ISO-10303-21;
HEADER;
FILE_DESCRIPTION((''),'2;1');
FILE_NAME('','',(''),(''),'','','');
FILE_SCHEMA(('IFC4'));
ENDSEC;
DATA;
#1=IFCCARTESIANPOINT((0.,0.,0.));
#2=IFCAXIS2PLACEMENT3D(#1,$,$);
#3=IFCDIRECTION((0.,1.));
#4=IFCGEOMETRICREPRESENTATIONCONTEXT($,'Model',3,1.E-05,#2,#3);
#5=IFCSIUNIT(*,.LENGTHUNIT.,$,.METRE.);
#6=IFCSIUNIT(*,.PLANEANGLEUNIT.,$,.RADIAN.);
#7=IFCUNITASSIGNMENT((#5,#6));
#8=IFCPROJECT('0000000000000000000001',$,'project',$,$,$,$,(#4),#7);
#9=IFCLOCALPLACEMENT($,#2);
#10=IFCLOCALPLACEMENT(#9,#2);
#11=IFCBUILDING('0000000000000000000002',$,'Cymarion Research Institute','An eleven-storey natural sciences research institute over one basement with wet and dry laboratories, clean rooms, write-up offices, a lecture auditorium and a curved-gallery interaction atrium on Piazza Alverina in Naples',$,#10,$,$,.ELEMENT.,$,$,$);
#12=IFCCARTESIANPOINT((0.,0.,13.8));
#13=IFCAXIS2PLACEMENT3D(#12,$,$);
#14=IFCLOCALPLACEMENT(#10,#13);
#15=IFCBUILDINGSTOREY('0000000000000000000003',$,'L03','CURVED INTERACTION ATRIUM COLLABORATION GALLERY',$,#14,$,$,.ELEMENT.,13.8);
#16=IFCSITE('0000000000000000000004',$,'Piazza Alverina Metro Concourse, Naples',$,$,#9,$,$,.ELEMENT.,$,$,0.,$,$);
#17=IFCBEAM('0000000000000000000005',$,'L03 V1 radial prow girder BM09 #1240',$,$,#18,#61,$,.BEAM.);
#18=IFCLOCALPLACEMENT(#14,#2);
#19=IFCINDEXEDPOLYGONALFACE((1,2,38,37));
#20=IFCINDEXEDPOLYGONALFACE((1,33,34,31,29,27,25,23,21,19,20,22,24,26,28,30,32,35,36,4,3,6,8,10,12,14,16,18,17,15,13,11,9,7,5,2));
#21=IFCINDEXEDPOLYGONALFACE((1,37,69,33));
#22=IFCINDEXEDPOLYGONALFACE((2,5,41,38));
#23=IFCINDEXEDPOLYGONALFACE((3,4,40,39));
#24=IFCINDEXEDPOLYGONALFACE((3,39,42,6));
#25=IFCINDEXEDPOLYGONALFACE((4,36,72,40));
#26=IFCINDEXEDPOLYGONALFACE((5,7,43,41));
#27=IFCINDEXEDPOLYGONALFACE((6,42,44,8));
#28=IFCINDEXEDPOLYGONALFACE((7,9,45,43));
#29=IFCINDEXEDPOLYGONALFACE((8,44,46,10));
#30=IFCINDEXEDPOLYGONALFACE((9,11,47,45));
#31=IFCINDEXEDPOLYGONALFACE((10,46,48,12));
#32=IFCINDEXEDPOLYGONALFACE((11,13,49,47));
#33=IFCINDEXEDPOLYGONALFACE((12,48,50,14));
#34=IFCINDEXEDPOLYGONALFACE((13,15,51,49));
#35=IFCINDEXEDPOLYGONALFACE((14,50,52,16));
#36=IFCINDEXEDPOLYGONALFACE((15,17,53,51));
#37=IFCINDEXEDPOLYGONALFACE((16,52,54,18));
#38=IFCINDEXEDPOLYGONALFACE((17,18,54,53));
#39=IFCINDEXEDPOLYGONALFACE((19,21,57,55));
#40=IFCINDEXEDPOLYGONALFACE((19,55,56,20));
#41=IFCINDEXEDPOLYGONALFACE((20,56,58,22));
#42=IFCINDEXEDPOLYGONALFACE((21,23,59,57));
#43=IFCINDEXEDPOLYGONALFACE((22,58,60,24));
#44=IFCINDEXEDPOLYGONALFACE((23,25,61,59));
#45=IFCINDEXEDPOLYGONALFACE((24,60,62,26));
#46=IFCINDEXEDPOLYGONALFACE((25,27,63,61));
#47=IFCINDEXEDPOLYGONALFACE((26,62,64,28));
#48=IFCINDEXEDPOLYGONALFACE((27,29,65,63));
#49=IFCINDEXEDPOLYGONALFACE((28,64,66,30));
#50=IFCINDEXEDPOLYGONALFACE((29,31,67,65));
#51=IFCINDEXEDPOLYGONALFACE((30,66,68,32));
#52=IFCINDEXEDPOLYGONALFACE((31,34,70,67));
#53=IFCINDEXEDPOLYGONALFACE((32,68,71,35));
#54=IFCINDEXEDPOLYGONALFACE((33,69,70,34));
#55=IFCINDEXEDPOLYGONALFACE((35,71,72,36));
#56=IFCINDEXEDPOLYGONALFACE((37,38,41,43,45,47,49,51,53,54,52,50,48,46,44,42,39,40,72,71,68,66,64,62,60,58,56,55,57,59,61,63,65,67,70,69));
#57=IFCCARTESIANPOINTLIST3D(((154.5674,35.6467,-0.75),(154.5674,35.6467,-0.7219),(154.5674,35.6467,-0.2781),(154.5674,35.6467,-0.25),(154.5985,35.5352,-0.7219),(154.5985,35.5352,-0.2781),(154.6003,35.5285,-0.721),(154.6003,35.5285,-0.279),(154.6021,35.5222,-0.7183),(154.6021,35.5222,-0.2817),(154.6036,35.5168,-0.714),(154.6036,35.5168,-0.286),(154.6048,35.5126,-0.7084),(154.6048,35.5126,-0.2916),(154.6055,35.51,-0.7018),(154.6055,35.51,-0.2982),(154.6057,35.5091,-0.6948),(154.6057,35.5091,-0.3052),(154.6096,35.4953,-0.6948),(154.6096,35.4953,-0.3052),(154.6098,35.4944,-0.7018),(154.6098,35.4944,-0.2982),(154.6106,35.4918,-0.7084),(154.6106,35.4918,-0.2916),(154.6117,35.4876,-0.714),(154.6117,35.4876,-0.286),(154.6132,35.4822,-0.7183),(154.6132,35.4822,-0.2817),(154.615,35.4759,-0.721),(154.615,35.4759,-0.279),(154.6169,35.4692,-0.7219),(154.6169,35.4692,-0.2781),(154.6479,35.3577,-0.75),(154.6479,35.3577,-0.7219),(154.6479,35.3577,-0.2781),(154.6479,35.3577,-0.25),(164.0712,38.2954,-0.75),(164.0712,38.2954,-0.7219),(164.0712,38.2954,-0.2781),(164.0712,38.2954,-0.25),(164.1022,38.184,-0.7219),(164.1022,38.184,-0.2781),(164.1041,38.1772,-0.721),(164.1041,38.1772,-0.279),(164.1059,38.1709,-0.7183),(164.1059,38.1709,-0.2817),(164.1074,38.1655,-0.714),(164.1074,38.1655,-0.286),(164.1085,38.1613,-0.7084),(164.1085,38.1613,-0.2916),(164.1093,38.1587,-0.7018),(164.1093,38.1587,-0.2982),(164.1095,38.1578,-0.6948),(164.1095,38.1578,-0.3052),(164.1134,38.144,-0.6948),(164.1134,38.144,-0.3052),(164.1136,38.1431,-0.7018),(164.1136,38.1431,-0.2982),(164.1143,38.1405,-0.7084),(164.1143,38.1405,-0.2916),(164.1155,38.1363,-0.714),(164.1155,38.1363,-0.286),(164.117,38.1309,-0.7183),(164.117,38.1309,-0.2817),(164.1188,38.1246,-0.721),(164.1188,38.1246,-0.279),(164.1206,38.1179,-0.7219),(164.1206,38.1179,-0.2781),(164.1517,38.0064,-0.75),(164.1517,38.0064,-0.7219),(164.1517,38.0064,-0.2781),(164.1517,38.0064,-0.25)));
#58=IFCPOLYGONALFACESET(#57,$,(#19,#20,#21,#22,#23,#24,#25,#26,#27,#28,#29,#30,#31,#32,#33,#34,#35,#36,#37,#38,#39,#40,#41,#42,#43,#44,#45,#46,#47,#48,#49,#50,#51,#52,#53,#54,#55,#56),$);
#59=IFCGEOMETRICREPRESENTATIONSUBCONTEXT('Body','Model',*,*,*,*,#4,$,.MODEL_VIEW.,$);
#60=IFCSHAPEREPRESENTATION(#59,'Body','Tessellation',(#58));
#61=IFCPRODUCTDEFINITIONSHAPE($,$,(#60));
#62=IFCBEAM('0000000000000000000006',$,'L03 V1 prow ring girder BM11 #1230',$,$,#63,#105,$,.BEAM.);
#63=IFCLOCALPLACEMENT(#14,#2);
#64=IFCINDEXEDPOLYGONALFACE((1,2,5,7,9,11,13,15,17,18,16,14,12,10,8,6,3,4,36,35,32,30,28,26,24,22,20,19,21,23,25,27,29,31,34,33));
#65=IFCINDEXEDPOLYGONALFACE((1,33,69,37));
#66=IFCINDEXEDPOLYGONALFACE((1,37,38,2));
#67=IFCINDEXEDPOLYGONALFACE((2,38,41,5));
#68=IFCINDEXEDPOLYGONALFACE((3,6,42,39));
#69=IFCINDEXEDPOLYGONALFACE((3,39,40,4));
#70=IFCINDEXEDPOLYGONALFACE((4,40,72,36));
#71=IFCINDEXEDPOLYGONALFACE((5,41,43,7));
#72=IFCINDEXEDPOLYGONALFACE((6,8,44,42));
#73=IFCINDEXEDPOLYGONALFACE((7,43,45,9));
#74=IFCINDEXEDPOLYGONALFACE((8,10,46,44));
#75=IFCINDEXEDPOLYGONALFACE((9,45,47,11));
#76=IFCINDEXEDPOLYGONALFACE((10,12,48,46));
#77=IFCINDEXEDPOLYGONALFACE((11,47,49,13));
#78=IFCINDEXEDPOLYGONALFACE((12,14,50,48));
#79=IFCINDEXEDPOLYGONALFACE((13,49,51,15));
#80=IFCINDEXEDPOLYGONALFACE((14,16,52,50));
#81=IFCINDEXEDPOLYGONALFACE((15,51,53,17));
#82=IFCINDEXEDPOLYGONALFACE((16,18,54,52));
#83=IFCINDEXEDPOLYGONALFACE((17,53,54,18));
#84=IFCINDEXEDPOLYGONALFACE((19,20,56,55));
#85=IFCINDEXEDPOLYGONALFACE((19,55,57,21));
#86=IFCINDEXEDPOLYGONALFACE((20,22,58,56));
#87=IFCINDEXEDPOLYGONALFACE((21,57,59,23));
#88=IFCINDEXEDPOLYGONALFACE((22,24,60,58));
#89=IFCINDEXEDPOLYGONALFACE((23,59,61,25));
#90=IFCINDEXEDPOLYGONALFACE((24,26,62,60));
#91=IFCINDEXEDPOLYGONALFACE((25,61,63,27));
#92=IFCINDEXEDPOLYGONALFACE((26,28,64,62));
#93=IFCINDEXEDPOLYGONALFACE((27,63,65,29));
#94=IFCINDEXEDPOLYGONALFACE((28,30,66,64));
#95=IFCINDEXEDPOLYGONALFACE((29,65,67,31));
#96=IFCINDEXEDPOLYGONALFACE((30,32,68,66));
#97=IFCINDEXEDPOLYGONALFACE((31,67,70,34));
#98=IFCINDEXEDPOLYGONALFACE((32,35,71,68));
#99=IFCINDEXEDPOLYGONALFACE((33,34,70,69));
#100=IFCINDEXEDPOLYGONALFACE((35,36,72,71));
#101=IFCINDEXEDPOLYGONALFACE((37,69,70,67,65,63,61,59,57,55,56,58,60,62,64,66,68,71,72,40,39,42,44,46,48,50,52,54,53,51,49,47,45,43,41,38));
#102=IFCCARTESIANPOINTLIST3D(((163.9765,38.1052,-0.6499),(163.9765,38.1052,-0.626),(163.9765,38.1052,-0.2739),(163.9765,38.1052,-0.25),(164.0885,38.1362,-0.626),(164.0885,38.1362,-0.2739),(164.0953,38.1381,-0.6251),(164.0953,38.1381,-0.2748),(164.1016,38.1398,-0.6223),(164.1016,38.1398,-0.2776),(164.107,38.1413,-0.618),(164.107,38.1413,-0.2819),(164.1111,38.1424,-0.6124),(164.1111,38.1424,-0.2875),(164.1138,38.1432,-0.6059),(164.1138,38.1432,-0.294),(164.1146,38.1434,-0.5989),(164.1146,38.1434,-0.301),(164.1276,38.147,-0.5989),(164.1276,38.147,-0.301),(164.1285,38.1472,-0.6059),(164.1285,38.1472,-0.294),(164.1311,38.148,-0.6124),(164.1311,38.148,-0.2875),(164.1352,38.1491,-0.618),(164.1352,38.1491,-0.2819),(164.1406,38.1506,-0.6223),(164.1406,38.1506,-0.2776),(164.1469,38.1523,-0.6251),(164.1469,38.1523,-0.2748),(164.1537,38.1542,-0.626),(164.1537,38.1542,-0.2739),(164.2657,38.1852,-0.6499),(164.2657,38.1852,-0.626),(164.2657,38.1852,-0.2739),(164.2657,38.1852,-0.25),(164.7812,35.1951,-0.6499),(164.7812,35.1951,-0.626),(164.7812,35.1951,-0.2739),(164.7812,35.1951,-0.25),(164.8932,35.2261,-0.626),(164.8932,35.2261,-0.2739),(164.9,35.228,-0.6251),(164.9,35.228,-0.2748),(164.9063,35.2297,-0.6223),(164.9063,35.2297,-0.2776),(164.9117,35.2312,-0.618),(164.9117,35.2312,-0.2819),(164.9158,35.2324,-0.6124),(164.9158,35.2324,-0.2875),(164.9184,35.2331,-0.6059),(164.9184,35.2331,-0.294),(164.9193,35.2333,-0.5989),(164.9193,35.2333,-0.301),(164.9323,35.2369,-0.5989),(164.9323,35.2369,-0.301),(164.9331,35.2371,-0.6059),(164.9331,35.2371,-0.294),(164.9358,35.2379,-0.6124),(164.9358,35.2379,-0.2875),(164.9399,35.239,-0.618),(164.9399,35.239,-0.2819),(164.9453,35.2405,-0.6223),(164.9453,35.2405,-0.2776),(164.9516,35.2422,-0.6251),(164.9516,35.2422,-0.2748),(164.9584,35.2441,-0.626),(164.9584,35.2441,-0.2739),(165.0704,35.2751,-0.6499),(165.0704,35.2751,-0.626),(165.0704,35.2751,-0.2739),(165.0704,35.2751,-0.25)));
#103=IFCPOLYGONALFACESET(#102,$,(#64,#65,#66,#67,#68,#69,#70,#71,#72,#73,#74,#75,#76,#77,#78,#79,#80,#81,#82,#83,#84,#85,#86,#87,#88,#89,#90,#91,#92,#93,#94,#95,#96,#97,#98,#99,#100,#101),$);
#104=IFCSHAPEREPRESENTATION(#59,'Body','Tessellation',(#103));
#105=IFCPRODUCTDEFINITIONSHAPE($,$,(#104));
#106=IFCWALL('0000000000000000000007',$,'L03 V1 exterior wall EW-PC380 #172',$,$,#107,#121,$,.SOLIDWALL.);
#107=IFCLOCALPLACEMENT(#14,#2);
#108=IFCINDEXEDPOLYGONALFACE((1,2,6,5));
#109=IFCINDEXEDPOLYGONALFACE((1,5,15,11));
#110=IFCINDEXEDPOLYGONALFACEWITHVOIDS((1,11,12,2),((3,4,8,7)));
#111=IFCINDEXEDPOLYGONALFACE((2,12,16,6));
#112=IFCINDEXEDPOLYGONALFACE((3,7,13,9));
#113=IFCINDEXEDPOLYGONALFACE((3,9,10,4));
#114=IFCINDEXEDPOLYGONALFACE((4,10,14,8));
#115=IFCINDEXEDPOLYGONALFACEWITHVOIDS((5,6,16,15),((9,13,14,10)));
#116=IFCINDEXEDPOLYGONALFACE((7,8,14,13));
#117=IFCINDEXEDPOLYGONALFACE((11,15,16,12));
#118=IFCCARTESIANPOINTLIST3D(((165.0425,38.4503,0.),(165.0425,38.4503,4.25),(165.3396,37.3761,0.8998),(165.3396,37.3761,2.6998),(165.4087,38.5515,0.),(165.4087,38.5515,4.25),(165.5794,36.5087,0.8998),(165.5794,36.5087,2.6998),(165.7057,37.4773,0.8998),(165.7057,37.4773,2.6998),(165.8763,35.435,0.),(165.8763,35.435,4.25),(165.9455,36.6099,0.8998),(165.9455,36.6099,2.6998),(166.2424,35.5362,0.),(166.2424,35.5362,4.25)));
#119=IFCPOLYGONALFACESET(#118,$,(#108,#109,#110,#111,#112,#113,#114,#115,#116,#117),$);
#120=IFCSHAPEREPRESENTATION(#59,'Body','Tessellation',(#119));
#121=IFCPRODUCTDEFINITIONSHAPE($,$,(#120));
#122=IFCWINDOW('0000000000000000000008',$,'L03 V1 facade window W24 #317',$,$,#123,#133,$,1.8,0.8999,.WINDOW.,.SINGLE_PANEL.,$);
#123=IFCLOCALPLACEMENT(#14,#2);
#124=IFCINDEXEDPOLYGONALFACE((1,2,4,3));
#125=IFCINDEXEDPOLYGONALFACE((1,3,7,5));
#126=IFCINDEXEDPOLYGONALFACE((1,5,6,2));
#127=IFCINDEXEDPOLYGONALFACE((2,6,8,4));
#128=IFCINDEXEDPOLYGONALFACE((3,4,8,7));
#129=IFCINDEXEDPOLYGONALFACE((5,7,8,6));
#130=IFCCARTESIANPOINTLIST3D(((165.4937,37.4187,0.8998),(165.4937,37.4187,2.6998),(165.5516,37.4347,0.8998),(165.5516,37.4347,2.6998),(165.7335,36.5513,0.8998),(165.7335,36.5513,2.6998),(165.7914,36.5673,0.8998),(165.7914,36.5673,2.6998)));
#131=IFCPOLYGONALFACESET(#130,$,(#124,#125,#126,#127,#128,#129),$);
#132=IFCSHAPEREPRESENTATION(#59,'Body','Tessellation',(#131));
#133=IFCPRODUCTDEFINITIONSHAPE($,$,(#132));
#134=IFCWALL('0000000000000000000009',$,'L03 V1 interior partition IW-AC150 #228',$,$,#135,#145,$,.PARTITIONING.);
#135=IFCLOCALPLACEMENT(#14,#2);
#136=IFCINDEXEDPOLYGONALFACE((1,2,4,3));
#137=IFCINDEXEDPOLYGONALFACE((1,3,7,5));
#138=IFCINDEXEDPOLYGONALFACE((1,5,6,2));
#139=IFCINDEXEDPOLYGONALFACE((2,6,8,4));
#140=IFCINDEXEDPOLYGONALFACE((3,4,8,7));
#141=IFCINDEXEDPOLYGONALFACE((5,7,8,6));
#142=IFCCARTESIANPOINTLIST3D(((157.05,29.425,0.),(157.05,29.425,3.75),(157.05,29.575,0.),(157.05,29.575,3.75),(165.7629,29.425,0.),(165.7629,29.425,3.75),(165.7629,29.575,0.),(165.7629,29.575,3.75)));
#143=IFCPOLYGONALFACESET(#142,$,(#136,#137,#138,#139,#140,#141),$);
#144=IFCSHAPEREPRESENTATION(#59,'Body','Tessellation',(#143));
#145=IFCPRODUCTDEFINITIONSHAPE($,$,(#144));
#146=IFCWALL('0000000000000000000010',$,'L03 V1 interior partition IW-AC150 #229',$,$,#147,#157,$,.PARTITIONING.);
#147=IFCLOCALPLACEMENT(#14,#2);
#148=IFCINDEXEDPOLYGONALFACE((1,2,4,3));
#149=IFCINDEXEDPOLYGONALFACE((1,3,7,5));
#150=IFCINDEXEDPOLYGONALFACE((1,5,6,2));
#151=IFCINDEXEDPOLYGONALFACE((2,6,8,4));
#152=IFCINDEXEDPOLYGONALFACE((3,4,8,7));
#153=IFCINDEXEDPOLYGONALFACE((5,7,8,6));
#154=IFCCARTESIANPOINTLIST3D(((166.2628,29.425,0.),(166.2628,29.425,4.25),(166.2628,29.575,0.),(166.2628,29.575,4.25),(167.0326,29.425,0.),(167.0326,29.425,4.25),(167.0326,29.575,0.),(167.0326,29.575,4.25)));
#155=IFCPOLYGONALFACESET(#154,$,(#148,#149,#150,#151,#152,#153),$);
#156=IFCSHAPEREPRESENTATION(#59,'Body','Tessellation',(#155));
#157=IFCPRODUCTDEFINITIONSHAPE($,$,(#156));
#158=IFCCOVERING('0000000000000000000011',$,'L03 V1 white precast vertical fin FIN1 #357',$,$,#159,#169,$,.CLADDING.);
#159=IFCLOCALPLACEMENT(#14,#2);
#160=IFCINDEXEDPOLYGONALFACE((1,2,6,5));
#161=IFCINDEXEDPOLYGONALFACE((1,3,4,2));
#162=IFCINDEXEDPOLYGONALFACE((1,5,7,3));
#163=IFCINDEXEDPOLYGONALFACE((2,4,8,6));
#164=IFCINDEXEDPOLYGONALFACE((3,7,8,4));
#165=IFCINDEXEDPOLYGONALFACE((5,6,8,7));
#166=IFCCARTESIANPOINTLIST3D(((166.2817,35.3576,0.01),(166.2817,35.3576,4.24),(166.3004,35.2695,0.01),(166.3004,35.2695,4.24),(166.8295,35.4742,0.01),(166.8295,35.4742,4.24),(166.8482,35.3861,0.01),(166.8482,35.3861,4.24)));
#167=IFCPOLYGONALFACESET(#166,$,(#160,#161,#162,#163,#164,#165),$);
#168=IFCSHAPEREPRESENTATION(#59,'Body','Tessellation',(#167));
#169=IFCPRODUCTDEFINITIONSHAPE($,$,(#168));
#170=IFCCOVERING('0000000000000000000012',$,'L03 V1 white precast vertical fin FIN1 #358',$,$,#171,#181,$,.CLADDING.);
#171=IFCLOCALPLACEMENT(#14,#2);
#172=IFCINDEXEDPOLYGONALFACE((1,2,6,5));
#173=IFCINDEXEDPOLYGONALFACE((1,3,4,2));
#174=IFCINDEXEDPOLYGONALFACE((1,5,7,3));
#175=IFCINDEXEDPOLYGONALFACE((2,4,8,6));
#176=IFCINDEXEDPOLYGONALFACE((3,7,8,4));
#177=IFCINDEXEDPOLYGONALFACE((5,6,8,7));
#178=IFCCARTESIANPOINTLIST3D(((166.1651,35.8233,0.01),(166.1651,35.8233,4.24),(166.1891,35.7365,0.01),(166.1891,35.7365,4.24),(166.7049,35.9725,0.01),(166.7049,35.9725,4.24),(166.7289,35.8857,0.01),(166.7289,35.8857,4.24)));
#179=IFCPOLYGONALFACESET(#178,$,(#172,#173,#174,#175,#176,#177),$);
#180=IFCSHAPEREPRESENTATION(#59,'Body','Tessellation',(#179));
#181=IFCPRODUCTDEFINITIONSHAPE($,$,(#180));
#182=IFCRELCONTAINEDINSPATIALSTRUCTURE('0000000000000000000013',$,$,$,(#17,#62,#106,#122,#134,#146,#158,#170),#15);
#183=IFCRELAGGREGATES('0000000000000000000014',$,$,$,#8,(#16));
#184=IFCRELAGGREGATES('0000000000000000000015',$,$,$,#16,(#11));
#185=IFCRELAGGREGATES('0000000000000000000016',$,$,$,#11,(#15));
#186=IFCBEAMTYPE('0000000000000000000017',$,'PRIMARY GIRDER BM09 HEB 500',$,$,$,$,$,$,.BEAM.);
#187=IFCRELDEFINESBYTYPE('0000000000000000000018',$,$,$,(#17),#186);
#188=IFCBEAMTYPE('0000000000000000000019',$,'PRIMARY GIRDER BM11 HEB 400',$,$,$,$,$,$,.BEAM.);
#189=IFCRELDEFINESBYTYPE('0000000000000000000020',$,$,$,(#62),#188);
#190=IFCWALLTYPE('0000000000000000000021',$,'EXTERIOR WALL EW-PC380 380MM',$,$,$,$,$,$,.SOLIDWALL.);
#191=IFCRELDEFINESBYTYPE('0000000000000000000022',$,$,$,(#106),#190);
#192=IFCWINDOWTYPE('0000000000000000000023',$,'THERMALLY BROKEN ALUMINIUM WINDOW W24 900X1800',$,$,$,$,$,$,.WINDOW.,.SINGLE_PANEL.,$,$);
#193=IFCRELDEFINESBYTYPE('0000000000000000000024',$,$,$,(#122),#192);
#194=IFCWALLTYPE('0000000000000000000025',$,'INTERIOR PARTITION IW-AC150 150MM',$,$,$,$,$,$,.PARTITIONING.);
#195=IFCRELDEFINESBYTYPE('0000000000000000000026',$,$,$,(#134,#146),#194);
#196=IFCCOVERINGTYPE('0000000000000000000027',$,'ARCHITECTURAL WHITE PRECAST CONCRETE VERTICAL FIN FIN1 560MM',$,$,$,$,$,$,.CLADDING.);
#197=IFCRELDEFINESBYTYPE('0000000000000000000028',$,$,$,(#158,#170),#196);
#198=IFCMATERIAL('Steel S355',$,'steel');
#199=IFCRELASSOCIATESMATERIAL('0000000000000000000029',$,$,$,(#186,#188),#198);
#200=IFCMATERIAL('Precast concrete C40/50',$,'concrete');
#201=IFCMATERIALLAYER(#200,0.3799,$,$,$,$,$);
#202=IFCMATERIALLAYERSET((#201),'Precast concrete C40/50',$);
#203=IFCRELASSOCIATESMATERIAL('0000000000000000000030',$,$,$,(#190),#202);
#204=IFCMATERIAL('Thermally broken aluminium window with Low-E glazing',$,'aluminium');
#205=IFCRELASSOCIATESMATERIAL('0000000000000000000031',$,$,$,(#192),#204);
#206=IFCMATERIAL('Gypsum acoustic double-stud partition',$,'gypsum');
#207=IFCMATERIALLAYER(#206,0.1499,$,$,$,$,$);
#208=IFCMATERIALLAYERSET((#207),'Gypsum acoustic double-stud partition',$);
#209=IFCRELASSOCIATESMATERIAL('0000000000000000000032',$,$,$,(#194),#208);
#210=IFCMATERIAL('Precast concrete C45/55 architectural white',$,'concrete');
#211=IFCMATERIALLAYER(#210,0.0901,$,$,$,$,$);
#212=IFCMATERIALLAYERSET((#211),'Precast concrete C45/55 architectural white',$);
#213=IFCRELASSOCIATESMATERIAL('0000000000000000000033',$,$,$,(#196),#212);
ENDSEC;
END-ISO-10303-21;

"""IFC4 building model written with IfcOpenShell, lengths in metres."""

from ifc_helpers import new_model, si_unit, direction, frame, frame_2d, origin, origin_2d, place, context, subcontext, project, spatial, rectangle, i_section, extrude, material, layer, layer_set, material_profile, profile_set, type_object, element, fill, save


model = new_model("IFC4")

# Units and contexts
model_context = context("Model", 3, precision=1e-05, world=origin(), true_north=direction((0.0, 1.0)))
body_context = subcontext(model_context, "Body", "Model", "MODEL_VIEW")
ifc_project = project(units=[si_unit("LENGTHUNIT", "METRE"), si_unit("PLANEANGLEUNIT", "RADIAN")], contexts=[model_context])

# Site, building, storey
site_placement = place(None, origin())
site = spatial("IfcSite", under=ifc_project, at=site_placement, Name="Piazza Alverina Metro Concourse, Naples", CompositionType="ELEMENT", RefElevation=0.0)
building_placement = place(site_placement, origin())
building = spatial("IfcBuilding", under=site, at=building_placement, Name="Cymarion Research Institute", Description="An eleven-storey natural sciences research institute over one basement with wet and dry laboratories, clean rooms, write-up offices, a lecture auditorium and a curved-gallery interaction atrium on Piazza Alverina in Naples", CompositionType="ELEMENT")
storey_placement = place(building_placement, frame((0.0, 0.0, 13.8)))
storey = spatial("IfcBuildingStorey", under=building, at=storey_placement, Name="L03", Description="CURVED INTERACTION ATRIUM COLLABORATION GALLERY", CompositionType="ELEMENT", Elevation=13.8)

# Shared definitions
ifc_material_1 = material(Name="Steel S355", Category="steel")

# Beams
ifc_material_profile_1 = material_profile(ifc_material_1, i_section(OverallWidth=0.3, OverallDepth=0.5, WebThickness=0.0144, FlangeThickness=0.0281, FilletRadius=0.0271, at=origin_2d()), Name="HEB 500")
ifc_profile_set_1 = profile_set([ifc_material_profile_1], Name="Steel S355")
beam_type_1 = type_object("IfcBeamType", Name="PRIMARY GIRDER BM09 HEB 500", PredefinedType="BEAM", material=ifc_profile_set_1)
beam_1_placement = place(storey_placement, frame((154.6077, 35.5022, -0.5), z_axis=(0.963288, 0.26847, 0.0), x_axis=(-0.26847, 0.963288, 0.0)))
element("IfcBeam", 1, at=beam_1_placement, inside=storey, type_object=beam_type_1, Name="L03 V1 radial prow girder BM09 #1240", PredefinedType="BEAM", context=body_context, shape_type="SweptSolid", body=[
    extrude(i_section(OverallWidth=0.3, OverallDepth=0.5, WebThickness=0.0144, FlangeThickness=0.0281, FilletRadius=0.0271, at=origin_2d()), origin(), (0.0, 0.0, 1.0), 9.866),
])
ifc_material_profile_2 = material_profile(ifc_material_1, i_section(OverallWidth=0.3, OverallDepth=0.3999, WebThickness=0.0134, FlangeThickness=0.0239, FilletRadius=0.0271, at=origin_2d()), Name="HEB 400")
ifc_profile_set_2 = profile_set([ifc_material_profile_2], Name="Steel S355")
beam_type_2 = type_object("IfcBeamType", Name="PRIMARY GIRDER BM11 HEB 400", PredefinedType="BEAM", material=ifc_profile_set_2)
beam_2_placement = place(storey_placement, frame((164.9258, 35.2351, -0.45), z_axis=(-0.266509, 0.963832, 0.0), x_axis=(-0.963832, -0.266509, 0.0)))
element("IfcBeam", 2, at=beam_2_placement, inside=storey, type_object=beam_type_2, Name="L03 V1 prow ring girder BM11 #1230", PredefinedType="BEAM", context=body_context, shape_type="SweptSolid", body=[
    extrude(i_section(OverallWidth=0.3, OverallDepth=0.3999, WebThickness=0.0134, FlangeThickness=0.0239, FilletRadius=0.0271, at=origin_2d()), origin(), (0.0, 0.0, 1.0), 3.0193),
])

# Wall, opening, window
ifc_material_2 = material(Name="Precast concrete C40/50", Category="concrete")
ifc_layer_1 = layer(ifc_material_2, 0.3799)
ifc_layer_set_1 = layer_set([ifc_layer_1], Name="Precast concrete C40/50")
wall_type_1 = type_object("IfcWallType", Name="EXTERIOR WALL EW-PC380 380MM", PredefinedType="SOLIDWALL", material=ifc_layer_set_1)
wall_1_placement = place(storey_placement, frame((166.0593, 35.4856, 0.0), z_axis=(0.0, 0.0, 1.0), x_axis=(-0.266497, 0.963836, 0.0)))
wall_1 = element("IfcWall", 3, at=wall_1_placement, inside=storey, type_object=wall_type_1, Name="L03 V1 exterior wall EW-PC380 #172", PredefinedType="SOLIDWALL", context=body_context, shape_type="SweptSolid", body=[
    extrude(rectangle(XDim=3.1284, YDim=0.3799, at=frame_2d((1.5642, 0.0))), origin(), (0.0, 0.0, 1.0), 4.25),
])
opening_placement = place(wall_1_placement, frame((1.114, 0.0, 0.8999)))
opening = element("IfcOpeningElement", 4, at=opening_placement, cuts=wall_1, PredefinedType="OPENING", context=body_context, shape_type="SweptSolid", body=[
    extrude(rectangle(XDim=0.8999, YDim=1.8, at=frame_2d((0.45, 0.8999))), frame((0.0, 0.2, 0.0), z_axis=(0.0, -1.0, 0.0), x_axis=(1.0, 0.0, 0.0)), (0.0, 0.0, 1.0), 0.3999),
])
ifc_material_3 = material(Name="Thermally broken aluminium window with Low-E glazing", Category="aluminium")
window_type = type_object("IfcWindowType", Name="THERMALLY BROKEN ALUMINIUM WINDOW W24 900X1800", PartitioningType="SINGLE_PANEL", PredefinedType="WINDOW", material=ifc_material_3)
window_placement = place(opening_placement, origin())
window = element("IfcWindow", 5, at=window_placement, inside=storey, type_object=window_type, Name="L03 V1 facade window W24 #317", OverallHeight=1.8, OverallWidth=0.8999, PartitioningType="SINGLE_PANEL", PredefinedType="WINDOW", context=body_context, shape_type="SweptSolid", body=[
    extrude(rectangle(XDim=0.8999, YDim=1.8, at=frame_2d((0.45, 0.8999))), frame((0.0, 0.03, 0.0), z_axis=(0.0, -1.0, 0.0), x_axis=(1.0, 0.0, 0.0)), (0.0, 0.0, 1.0), 0.0601),
])
fill(opening, window)

# Walls
ifc_material_4 = material(Name="Gypsum acoustic double-stud partition", Category="gypsum")
ifc_layer_2 = layer(ifc_material_4, 0.1499)
ifc_layer_set_2 = layer_set([ifc_layer_2], Name="Gypsum acoustic double-stud partition")
wall_type_2 = type_object("IfcWallType", Name="INTERIOR PARTITION IW-AC150 150MM", PredefinedType="PARTITIONING", material=ifc_layer_set_2)
wall_2_placement = place(storey_placement, frame((157.05, 29.5, 0.0), z_axis=(0.0, 0.0, 1.0), x_axis=(1.0, 0.0, 0.0)))
element("IfcWall", 6, at=wall_2_placement, inside=storey, type_object=wall_type_2, Name="L03 V1 interior partition IW-AC150 #228", PredefinedType="PARTITIONING", context=body_context, shape_type="SweptSolid", body=[
    extrude(rectangle(XDim=8.7129, YDim=0.1499, at=frame_2d((4.3564, 0.0))), origin(), (0.0, 0.0, 1.0), 3.75),
])
wall_3_placement = place(storey_placement, frame((166.2629, 29.5, 0.0), z_axis=(0.0, 0.0, 1.0), x_axis=(1.0, 0.0, 0.0)))
element("IfcWall", 7, at=wall_3_placement, inside=storey, type_object=wall_type_2, Name="L03 V1 interior partition IW-AC150 #229", PredefinedType="PARTITIONING", context=body_context, shape_type="SweptSolid", body=[
    extrude(rectangle(XDim=0.7698, YDim=0.1499, at=frame_2d((0.3848, 0.0))), origin(), (0.0, 0.0, 1.0), 4.25),
])

# Coverings
ifc_material_5 = material(Name="Precast concrete C45/55 architectural white", Category="concrete")
ifc_layer_3 = layer(ifc_material_5, 0.0901)
ifc_layer_set_3 = layer_set([ifc_layer_3], Name="Precast concrete C45/55 architectural white")
covering_type = type_object("IfcCoveringType", Name="ARCHITECTURAL WHITE PRECAST CONCRETE VERTICAL FIN FIN1 560MM", PredefinedType="CLADDING", material=ifc_layer_set_3)
for number, where, z_axis, x_axis, name in (
    (8, (166.5649, 35.3718, 0.01), (0.0, 0.0, 1.0), (0.978075, 0.208253, 0.0), "L03 V1 white precast vertical fin FIN1 #357"),
    (9, (166.447, 35.8545, 0.01), (0.0, 0.0, 1.0), (0.963863, 0.266397, 0.0), "L03 V1 white precast vertical fin FIN1 #358"),
):
    element("IfcCovering", number, at=place(storey_placement, frame(where, z_axis=z_axis, x_axis=x_axis)), inside=storey, type_object=covering_type, Name=name, PredefinedType="CLADDING", context=body_context, shape_type="SweptSolid", body=[
        extrude(rectangle(XDim=0.5601, YDim=0.0901, at=origin_2d()), origin(), (0.0, 0.0, 1.0), 4.23),
    ])

save(model, "model.ifc")
